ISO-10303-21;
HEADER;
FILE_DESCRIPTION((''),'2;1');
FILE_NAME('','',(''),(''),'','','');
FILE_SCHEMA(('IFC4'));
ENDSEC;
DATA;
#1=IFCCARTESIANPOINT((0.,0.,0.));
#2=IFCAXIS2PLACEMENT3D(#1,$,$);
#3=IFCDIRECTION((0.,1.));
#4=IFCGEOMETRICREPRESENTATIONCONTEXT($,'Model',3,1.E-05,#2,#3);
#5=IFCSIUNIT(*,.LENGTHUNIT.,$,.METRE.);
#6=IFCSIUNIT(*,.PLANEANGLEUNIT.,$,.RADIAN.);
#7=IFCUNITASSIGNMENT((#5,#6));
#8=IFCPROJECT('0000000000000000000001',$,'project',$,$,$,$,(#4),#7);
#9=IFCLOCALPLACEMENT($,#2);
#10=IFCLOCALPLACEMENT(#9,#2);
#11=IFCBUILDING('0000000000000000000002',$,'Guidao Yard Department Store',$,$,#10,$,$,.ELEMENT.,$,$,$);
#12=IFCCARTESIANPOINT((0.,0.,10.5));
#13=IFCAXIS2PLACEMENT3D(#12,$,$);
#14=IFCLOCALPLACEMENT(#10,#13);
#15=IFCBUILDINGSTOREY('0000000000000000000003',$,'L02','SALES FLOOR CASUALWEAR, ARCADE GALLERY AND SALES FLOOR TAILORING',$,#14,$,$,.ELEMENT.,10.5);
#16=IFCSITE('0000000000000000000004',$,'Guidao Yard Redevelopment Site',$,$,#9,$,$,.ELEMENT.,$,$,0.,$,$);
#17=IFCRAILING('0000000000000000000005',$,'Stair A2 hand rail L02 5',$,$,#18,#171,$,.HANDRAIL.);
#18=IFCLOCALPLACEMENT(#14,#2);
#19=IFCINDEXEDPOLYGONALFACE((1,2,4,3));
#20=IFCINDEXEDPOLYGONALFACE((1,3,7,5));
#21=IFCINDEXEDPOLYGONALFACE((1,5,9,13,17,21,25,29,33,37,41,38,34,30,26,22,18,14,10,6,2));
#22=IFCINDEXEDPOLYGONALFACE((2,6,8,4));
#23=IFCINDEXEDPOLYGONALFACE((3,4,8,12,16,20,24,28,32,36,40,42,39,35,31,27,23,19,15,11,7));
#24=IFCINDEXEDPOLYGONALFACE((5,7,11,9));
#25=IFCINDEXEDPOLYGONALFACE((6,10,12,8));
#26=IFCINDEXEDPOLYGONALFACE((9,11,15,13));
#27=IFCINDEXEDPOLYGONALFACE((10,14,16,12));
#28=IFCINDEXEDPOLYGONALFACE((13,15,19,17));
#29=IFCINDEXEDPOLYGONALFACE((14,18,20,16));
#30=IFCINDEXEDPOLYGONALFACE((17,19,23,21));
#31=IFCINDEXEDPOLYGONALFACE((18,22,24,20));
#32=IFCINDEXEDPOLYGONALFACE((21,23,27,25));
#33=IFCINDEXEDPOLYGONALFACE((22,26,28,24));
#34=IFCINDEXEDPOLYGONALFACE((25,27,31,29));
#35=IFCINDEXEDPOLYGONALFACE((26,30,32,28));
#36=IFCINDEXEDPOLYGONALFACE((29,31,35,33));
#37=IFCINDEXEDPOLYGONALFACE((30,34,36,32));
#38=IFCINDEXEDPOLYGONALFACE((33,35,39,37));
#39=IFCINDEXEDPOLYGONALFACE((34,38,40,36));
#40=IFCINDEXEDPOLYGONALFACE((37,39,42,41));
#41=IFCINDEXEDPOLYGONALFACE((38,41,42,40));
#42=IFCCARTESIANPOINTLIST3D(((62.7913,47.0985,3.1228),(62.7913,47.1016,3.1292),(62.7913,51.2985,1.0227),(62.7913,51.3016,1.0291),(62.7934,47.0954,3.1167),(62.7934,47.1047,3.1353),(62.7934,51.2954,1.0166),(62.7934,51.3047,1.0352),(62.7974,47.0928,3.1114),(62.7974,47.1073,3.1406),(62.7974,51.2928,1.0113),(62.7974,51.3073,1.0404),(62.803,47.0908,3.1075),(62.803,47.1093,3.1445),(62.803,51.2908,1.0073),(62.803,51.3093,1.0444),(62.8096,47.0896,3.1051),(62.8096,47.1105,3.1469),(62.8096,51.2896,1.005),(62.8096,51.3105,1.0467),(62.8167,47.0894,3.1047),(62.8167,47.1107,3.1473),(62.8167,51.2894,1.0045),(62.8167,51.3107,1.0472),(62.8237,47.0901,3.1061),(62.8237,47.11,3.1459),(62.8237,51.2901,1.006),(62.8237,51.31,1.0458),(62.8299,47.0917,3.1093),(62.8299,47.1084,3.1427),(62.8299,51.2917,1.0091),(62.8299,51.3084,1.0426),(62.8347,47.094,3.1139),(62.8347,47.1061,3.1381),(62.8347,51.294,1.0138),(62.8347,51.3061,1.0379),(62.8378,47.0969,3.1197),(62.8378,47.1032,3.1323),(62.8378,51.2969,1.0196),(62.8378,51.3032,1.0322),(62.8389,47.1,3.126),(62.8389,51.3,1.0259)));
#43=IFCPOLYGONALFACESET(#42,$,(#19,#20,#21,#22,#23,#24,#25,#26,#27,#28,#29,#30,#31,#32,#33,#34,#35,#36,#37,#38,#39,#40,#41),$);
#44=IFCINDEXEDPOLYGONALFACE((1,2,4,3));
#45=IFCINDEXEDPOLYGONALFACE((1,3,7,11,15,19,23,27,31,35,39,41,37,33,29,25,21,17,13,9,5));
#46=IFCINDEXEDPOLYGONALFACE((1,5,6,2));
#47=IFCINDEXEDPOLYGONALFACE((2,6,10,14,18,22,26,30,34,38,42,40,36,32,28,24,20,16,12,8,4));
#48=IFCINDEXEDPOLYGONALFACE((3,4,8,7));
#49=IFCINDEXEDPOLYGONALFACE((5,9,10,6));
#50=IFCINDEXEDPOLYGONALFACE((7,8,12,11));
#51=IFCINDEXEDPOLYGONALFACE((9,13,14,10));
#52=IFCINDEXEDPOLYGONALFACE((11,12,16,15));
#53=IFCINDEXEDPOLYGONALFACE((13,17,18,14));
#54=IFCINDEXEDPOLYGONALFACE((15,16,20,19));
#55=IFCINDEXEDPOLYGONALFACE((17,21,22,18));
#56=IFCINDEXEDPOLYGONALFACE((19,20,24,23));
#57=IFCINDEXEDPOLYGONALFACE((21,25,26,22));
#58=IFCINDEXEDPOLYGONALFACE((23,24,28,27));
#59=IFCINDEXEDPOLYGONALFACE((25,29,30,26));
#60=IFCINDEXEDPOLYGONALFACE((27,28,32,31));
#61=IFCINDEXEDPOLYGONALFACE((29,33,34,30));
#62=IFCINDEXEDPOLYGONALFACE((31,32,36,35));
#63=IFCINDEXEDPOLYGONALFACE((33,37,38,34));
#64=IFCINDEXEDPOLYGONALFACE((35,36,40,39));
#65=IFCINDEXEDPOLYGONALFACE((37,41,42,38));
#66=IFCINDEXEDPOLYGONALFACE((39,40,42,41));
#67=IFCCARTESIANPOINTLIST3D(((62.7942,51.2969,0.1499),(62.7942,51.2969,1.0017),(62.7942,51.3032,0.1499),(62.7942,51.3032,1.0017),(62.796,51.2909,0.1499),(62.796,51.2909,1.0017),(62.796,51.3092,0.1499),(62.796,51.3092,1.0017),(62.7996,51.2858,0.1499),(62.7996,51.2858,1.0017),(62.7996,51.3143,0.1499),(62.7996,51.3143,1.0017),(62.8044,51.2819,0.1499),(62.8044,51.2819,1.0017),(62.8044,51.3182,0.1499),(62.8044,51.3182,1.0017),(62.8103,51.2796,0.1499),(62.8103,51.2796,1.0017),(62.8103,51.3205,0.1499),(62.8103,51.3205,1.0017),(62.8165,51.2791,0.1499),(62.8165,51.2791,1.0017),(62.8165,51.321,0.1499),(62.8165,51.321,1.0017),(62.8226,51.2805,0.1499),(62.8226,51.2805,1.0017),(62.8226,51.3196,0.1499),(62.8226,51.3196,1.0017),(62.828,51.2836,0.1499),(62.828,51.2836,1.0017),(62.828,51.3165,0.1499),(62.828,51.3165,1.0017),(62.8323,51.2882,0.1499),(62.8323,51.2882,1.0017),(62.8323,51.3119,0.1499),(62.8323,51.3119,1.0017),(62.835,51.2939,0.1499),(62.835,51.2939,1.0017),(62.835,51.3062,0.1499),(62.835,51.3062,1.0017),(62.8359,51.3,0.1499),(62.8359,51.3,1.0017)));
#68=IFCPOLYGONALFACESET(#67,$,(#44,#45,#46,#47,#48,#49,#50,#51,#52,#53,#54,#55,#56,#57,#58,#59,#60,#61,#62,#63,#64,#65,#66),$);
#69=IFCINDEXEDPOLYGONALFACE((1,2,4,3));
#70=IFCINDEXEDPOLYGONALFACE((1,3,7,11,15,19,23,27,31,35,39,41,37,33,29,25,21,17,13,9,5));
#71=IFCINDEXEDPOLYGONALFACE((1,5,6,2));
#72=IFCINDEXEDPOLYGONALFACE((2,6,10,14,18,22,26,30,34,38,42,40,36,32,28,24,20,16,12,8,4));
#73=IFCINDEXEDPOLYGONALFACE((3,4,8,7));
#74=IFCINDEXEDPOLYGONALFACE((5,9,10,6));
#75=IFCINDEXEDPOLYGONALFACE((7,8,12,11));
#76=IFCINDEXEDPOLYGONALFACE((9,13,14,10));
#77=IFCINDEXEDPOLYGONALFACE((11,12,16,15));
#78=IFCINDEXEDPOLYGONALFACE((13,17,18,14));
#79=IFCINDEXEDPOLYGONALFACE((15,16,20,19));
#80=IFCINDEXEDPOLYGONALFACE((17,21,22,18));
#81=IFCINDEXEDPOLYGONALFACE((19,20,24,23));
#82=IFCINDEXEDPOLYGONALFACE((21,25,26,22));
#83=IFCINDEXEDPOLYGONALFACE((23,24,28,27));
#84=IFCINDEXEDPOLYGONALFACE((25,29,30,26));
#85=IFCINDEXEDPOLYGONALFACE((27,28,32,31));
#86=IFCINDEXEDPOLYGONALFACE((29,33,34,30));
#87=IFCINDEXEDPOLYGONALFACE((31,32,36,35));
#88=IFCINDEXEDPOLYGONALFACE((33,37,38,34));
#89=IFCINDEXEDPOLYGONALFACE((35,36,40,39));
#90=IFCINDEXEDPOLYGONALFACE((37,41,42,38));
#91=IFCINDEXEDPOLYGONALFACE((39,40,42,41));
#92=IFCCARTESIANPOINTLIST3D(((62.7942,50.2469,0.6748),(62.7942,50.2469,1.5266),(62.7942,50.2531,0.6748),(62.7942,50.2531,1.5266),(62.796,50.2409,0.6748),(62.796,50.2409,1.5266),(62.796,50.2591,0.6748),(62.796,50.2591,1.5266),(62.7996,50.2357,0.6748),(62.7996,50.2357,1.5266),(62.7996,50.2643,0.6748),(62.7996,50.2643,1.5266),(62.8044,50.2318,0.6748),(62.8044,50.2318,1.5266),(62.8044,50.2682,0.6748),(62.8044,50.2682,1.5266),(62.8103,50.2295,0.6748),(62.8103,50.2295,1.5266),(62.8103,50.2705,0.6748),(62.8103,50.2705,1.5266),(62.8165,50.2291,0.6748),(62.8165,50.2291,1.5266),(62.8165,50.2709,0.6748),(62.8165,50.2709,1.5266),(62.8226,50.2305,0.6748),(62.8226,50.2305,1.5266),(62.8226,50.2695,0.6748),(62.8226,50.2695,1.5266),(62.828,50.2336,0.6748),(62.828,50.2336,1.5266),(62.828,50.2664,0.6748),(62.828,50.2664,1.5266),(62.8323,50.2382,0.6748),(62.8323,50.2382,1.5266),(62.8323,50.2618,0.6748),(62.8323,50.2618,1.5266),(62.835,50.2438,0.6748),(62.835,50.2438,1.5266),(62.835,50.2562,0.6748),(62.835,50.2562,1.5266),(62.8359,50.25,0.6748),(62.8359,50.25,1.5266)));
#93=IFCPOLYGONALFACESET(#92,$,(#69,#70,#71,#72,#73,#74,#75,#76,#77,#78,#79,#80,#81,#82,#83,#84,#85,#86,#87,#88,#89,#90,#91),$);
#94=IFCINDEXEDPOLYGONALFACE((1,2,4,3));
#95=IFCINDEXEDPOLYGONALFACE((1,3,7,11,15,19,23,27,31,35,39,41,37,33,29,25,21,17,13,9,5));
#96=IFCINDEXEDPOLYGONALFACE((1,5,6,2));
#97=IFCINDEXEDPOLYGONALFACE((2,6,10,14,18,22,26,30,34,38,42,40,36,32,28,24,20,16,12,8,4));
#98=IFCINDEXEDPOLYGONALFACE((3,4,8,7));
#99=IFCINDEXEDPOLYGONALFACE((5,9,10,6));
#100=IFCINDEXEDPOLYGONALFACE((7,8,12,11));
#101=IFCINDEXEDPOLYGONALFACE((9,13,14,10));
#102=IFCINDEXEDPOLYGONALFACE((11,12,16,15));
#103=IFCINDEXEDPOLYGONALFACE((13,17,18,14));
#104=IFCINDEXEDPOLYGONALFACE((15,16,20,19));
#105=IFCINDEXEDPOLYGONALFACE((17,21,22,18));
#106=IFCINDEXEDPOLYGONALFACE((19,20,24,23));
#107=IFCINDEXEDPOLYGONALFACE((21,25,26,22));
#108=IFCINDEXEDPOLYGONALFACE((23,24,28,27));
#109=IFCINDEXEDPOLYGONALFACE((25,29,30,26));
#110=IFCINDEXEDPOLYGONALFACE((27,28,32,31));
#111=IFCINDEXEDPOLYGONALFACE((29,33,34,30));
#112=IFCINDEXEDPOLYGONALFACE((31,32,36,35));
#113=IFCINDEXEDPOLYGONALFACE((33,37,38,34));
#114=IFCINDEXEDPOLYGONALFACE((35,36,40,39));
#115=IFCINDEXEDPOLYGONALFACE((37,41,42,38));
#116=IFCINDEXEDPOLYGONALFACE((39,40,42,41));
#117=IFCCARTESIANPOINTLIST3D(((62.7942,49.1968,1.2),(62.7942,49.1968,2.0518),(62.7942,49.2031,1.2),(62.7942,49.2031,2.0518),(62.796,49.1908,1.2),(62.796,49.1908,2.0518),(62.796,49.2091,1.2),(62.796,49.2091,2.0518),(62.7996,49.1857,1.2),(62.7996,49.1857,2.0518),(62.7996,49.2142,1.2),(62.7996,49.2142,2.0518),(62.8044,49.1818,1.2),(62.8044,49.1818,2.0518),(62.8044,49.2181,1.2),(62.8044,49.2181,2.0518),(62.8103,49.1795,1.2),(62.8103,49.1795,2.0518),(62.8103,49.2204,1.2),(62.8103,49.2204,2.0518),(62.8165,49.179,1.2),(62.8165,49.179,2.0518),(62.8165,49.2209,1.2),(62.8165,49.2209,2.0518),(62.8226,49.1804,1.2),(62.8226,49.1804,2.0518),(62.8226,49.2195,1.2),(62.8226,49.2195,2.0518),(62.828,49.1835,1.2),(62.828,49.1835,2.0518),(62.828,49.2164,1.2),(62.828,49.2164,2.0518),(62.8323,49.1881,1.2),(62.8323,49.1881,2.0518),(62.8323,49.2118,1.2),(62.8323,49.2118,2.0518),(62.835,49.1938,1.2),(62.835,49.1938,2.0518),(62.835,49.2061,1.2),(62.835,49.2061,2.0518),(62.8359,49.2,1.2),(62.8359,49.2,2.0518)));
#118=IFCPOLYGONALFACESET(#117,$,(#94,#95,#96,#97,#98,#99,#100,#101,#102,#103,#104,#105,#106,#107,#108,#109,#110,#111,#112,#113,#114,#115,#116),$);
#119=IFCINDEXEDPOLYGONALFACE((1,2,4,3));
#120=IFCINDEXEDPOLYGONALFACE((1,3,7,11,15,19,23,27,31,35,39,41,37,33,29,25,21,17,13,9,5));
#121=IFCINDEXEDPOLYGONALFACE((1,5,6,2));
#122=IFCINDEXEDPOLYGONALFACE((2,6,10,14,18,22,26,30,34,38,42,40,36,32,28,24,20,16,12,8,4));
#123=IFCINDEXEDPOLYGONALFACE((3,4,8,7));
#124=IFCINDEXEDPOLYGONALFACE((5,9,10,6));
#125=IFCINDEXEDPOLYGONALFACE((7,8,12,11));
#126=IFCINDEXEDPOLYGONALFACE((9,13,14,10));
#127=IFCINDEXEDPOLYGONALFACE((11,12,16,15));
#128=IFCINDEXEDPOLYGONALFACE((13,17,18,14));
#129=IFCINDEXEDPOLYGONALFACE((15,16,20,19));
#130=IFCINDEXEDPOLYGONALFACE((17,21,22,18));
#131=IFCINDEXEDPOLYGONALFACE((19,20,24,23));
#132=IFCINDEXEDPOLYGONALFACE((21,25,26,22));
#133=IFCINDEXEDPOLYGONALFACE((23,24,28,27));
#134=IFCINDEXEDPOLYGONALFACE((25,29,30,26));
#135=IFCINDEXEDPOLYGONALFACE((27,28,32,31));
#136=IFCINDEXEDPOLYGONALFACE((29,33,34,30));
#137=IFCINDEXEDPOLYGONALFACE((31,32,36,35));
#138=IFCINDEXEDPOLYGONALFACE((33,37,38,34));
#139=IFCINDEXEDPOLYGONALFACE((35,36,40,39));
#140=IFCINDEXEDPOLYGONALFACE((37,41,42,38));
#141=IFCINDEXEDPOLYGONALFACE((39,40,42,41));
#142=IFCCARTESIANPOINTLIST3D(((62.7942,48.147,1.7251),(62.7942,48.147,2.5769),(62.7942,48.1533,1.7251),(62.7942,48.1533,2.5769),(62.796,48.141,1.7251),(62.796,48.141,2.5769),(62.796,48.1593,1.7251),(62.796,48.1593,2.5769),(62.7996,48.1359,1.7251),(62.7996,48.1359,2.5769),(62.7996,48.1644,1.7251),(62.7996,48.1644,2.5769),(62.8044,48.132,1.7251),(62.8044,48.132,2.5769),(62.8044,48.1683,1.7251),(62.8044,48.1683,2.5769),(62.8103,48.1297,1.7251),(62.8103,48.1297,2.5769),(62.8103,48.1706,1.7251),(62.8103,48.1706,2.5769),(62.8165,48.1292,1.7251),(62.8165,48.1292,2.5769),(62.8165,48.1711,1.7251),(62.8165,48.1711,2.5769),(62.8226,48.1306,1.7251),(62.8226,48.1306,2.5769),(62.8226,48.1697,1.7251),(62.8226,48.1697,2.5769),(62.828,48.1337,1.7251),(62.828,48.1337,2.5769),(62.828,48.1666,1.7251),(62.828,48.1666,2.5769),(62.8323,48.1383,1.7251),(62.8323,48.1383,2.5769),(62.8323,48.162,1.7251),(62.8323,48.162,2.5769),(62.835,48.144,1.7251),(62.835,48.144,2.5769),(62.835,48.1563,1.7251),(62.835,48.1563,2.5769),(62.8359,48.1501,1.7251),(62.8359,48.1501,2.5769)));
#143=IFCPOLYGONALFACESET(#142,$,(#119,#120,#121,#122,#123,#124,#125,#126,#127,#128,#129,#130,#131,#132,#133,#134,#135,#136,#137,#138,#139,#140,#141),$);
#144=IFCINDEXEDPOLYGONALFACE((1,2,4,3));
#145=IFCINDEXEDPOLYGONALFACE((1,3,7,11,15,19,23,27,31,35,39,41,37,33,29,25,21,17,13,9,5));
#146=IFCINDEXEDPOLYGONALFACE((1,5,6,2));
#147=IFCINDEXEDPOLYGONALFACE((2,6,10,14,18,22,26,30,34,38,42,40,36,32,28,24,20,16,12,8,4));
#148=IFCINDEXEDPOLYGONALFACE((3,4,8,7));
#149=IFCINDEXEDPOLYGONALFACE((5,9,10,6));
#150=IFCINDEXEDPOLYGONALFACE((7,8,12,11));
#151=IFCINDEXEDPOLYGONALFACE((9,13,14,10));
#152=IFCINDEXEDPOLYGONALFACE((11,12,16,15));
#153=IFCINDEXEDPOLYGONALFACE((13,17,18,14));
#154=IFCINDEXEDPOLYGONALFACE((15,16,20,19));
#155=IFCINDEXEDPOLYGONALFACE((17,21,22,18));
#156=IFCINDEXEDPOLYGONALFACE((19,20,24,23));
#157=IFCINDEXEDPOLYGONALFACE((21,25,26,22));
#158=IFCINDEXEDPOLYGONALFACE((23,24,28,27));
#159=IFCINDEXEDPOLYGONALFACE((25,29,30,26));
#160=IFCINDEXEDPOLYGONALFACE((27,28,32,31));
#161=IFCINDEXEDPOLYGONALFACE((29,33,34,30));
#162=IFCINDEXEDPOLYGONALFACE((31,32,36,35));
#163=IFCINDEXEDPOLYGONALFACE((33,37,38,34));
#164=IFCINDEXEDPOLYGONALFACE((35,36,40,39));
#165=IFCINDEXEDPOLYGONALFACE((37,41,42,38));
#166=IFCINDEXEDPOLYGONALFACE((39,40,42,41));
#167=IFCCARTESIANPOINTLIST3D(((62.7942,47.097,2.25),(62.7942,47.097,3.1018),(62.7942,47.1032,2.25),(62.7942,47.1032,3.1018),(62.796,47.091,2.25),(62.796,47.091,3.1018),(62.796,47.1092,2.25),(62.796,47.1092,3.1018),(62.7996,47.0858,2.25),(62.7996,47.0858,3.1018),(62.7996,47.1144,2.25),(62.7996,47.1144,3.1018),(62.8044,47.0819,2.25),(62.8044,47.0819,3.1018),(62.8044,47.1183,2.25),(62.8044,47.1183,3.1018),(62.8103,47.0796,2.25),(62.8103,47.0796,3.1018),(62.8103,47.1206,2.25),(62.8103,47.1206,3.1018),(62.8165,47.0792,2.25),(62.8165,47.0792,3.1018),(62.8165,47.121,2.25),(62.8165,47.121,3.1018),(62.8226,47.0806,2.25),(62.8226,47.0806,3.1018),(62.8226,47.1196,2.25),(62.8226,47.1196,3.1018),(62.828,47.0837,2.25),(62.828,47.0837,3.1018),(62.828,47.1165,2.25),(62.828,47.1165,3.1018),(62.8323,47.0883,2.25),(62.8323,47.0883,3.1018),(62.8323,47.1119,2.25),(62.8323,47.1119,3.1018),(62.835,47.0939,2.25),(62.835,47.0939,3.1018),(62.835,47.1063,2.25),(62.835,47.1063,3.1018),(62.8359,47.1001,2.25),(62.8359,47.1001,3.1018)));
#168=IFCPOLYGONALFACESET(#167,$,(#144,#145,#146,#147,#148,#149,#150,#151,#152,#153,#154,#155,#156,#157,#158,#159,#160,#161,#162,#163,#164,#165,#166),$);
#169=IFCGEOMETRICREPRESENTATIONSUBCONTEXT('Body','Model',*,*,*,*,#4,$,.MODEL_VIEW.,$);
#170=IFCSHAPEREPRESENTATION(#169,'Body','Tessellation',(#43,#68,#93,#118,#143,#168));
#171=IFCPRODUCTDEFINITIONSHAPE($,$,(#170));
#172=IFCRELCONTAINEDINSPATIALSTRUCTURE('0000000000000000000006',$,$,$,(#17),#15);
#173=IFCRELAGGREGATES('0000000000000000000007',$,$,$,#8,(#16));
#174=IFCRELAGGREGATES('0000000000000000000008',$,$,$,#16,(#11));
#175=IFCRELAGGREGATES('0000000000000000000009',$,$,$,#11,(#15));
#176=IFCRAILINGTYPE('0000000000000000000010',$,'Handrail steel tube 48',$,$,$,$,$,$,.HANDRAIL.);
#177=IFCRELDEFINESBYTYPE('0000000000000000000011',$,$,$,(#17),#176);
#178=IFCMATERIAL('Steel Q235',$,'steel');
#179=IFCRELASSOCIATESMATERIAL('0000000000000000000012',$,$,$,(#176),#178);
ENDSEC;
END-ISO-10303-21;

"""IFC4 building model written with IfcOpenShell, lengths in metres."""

from ifc_helpers import new_model, si_unit, direction, frame, origin, origin_2d, place, context, subcontext, project, spatial, circle, extrude, material, type_object, element, save


model = new_model("IFC4")

# Units and contexts
model_context = context("Model", 3, precision=1e-05, world=origin(), true_north=direction((0.0, 1.0)))
body_context = subcontext(model_context, "Body", "Model", "MODEL_VIEW")
ifc_project = project(units=[si_unit("LENGTHUNIT", "METRE"), si_unit("PLANEANGLEUNIT", "RADIAN")], contexts=[model_context])

# Site, building, storey
site_placement = place(None, origin())
site = spatial("IfcSite", under=ifc_project, at=site_placement, Name="Guidao Yard Redevelopment Site", CompositionType="ELEMENT", RefElevation=0.0)
building_placement = place(site_placement, origin())
building = spatial("IfcBuilding", under=site, at=building_placement, Name="Guidao Yard Department Store", CompositionType="ELEMENT")
storey_placement = place(building_placement, frame((0.0, 0.0, 10.5)))
storey = spatial("IfcBuildingStorey", under=building, at=storey_placement, Name="L02", Description="SALES FLOOR CASUALWEAR, ARCADE GALLERY AND SALES FLOOR TAILORING", CompositionType="ELEMENT", Elevation=10.5)

# Railing
ifc_material_1 = material(Name="Steel Q235", Category="steel")
railing_type_1 = type_object("IfcRailingType", Name="Handrail steel tube 48", PredefinedType="HANDRAIL", material=ifc_material_1)
for number, where, name in (
    (1, (62.8149, 51.3, 0.1499), "Stair A2 hand rail L02 5"),
):
    element("IfcRailing", number, at=place(storey_placement, frame(where)), inside=storey, type_object=railing_type_1, Name=name, PredefinedType="HANDRAIL", context=body_context, shape_type="SweptSolid", body=[
        extrude(circle(Radius=0.0239, at=origin_2d()), frame((0.0, 0.0, 0.876), z_axis=(0.0, -0.894417, 0.447234), x_axis=(1.0, 0.0, 0.0)), (0.0, 0.0, 1.0), 4.6958),
        extrude(circle(Radius=0.021, at=origin_2d()), origin(), (0.0, 0.0, 1.0), 0.8518),
        extrude(circle(Radius=0.021, at=origin_2d()), frame((0.0, -1.05, 0.5249)), (0.0, 0.0, 1.0), 0.8518),
        extrude(circle(Radius=0.021, at=origin_2d()), frame((0.0, -2.1001, 1.05)), (0.0, 0.0, 1.0), 0.8518),
        extrude(circle(Radius=0.021, at=origin_2d()), frame((0.0, -3.1499, 1.5752)), (0.0, 0.0, 1.0), 0.8518),
        extrude(circle(Radius=0.021, at=origin_2d()), frame((0.0, -4.2, 2.1001)), (0.0, 0.0, 1.0), 0.8518),
    ])

save(model, "model.ifc")
